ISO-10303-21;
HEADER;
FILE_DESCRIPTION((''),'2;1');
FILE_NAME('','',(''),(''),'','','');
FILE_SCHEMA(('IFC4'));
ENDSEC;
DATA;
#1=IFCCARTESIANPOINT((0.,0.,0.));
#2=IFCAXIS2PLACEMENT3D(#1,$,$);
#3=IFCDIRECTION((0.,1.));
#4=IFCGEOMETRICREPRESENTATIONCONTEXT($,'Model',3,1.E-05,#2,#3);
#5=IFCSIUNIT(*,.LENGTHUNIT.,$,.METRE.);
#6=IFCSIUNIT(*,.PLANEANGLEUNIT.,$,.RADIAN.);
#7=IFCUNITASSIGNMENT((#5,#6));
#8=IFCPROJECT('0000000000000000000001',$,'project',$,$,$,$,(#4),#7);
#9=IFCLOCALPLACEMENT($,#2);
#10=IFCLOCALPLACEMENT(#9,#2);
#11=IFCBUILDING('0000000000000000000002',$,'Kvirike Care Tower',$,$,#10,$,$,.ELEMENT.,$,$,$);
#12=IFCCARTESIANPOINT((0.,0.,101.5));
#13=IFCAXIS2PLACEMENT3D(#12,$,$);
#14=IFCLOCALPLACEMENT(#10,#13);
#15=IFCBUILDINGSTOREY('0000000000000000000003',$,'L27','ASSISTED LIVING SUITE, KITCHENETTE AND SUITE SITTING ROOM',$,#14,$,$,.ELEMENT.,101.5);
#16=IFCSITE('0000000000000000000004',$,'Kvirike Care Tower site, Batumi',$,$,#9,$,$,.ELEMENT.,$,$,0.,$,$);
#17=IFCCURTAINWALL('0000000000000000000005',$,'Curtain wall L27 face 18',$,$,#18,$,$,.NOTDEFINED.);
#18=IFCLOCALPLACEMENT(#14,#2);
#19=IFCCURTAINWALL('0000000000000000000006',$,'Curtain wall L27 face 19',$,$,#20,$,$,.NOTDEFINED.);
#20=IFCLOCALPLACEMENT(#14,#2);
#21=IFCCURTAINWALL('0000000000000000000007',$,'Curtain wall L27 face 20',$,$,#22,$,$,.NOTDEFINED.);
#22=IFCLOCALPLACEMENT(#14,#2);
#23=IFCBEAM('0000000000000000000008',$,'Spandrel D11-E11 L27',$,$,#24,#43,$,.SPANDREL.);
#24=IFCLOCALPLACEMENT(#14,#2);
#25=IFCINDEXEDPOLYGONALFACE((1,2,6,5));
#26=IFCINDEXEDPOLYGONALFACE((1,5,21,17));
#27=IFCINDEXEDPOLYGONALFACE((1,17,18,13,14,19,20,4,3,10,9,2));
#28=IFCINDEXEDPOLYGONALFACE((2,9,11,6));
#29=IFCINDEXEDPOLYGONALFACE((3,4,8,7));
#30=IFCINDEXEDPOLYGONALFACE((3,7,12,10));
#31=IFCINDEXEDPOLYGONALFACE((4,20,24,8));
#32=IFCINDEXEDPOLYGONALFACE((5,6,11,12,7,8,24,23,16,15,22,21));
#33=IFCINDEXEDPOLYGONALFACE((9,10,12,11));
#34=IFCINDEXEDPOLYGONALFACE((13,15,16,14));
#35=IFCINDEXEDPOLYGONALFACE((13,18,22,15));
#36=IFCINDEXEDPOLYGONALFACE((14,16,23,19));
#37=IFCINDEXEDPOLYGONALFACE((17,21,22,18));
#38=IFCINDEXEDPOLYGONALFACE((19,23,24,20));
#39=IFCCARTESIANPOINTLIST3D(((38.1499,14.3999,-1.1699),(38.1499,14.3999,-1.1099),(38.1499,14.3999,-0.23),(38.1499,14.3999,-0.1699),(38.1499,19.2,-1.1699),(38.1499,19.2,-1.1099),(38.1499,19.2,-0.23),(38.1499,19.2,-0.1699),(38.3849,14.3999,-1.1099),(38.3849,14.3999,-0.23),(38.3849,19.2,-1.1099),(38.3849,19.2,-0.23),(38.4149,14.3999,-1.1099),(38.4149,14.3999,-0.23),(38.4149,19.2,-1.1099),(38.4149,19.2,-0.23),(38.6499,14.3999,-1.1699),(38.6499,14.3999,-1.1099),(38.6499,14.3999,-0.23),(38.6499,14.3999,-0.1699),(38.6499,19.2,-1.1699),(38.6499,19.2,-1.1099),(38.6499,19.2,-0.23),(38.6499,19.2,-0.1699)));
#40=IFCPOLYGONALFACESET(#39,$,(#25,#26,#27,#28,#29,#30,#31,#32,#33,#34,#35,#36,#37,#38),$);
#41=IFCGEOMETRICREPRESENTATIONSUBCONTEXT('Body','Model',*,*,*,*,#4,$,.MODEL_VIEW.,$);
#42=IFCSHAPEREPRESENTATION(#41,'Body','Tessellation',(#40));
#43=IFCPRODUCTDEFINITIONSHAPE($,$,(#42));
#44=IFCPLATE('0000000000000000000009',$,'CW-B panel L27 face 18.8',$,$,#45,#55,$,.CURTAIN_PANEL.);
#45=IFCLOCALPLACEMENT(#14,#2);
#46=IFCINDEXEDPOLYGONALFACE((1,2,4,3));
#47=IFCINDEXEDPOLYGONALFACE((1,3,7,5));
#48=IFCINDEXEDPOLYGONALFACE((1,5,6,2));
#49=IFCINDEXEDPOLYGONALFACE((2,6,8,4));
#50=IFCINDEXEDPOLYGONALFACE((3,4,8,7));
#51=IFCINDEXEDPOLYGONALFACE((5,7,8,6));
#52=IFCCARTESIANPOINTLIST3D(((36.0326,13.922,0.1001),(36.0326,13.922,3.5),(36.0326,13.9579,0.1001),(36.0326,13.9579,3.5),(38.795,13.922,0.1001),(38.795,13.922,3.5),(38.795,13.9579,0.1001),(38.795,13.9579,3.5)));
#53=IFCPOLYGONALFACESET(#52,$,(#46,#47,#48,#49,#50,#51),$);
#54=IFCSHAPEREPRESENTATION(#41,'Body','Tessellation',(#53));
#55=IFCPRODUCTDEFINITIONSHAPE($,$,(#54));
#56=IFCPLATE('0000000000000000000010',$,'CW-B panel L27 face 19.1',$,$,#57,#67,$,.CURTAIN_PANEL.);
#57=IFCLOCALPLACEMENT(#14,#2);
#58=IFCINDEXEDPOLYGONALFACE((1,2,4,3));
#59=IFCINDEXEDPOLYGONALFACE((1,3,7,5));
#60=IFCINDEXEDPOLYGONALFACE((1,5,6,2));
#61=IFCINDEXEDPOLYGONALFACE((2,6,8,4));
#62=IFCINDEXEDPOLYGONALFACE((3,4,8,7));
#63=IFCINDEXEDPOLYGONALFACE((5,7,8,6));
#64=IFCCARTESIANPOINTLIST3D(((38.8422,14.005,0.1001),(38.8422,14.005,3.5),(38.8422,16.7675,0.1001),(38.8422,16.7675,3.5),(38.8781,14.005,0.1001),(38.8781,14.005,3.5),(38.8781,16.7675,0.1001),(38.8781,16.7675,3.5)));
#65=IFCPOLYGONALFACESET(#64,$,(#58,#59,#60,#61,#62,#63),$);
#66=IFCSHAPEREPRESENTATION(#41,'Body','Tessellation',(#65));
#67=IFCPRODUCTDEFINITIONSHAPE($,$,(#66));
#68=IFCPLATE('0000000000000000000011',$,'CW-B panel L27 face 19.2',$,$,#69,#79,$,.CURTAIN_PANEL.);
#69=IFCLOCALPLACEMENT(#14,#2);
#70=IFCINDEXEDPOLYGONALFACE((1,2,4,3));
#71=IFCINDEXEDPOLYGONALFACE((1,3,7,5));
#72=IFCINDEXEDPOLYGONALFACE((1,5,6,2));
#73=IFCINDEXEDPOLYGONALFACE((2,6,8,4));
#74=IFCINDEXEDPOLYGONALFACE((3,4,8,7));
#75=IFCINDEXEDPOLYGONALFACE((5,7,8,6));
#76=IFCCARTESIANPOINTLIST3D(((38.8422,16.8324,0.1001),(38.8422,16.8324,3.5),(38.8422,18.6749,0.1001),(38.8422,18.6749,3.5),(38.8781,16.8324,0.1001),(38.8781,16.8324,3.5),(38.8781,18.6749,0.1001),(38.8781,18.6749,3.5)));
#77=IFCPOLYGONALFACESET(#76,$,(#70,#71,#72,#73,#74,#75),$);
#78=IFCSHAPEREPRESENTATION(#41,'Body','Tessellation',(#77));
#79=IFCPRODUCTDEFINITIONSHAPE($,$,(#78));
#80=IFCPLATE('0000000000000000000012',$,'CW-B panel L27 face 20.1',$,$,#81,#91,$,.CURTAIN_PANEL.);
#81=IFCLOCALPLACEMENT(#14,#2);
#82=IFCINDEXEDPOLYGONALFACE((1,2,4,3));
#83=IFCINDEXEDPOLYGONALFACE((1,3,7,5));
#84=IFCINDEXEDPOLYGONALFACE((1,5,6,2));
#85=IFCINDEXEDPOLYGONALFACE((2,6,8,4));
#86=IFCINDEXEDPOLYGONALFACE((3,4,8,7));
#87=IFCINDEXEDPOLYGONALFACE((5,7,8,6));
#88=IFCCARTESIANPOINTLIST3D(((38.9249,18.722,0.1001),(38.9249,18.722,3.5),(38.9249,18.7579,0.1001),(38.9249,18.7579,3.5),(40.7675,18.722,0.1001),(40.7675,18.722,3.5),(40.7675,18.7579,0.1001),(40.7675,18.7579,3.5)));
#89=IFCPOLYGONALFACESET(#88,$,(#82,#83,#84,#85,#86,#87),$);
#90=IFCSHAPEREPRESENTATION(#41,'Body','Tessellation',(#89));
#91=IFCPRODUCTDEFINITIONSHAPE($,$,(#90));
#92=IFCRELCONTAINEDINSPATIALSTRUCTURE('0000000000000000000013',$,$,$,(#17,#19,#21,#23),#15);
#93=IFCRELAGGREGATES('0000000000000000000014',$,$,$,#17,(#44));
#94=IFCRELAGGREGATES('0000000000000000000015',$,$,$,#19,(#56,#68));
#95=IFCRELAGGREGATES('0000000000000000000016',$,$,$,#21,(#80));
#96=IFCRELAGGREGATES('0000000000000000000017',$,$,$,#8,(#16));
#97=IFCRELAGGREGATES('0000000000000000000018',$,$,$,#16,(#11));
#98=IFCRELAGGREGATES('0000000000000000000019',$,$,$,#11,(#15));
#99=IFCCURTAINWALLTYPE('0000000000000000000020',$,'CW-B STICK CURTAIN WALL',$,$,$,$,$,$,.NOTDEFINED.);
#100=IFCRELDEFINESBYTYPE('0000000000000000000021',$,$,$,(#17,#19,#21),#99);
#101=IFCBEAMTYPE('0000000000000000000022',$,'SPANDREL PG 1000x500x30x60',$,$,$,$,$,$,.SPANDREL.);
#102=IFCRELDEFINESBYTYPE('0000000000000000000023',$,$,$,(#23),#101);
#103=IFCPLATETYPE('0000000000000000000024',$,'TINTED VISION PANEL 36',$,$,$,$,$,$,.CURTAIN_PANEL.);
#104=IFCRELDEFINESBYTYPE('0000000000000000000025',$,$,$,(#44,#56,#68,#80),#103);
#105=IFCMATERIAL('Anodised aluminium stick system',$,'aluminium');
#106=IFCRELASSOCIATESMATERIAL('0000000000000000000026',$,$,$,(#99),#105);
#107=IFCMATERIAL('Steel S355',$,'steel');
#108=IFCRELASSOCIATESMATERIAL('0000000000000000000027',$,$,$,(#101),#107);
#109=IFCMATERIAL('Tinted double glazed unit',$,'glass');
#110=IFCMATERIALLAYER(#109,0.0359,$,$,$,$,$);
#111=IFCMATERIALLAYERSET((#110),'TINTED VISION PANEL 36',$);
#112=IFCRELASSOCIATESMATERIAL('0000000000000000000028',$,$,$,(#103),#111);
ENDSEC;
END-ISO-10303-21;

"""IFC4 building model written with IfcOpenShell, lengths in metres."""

from ifc_helpers import new_model, si_unit, direction, frame, origin, origin_2d, place, context, subcontext, project, spatial, rectangle, i_section, extrude, material, layer, layer_set, material_profile, profile_set, type_object, element, aggregate, save


model = new_model("IFC4")

# Units and contexts
model_context = context("Model", 3, precision=1e-05, world=origin(), true_north=direction((0.0, 1.0)))
body_context = subcontext(model_context, "Body", "Model", "MODEL_VIEW")
ifc_project = project(units=[si_unit("LENGTHUNIT", "METRE"), si_unit("PLANEANGLEUNIT", "RADIAN")], contexts=[model_context])

# Site, building, storey
site_placement = place(None, origin())
site = spatial("IfcSite", under=ifc_project, at=site_placement, Name="Kvirike Care Tower site, Batumi", CompositionType="ELEMENT", RefElevation=0.0)
building_placement = place(site_placement, origin())
building = spatial("IfcBuilding", under=site, at=building_placement, Name="Kvirike Care Tower", CompositionType="ELEMENT")
storey_placement = place(building_placement, frame((0.0, 0.0, 101.5)))
storey = spatial("IfcBuildingStorey", under=building, at=storey_placement, Name="L27", Description="ASSISTED LIVING SUITE, KITCHENETTE AND SUITE SITTING ROOM", CompositionType="ELEMENT", Elevation=101.5)

# Curtain walls
ifc_material_1 = material(Name="Anodised aluminium stick system", Category="aluminium")
curtain_wall_type = type_object("IfcCurtainWallType", Name="CW-B STICK CURTAIN WALL", PredefinedType="NOTDEFINED", material=ifc_material_1)
curtain_wall_1_placement = place(storey_placement, origin())
curtain_wall_1 = element("IfcCurtainWall", 1, at=curtain_wall_1_placement, inside=storey, type_object=curtain_wall_type, Name="Curtain wall L27 face 18", PredefinedType="NOTDEFINED")
curtain_wall_2_placement = place(storey_placement, origin())
curtain_wall_2 = element("IfcCurtainWall", 2, at=curtain_wall_2_placement, inside=storey, type_object=curtain_wall_type, Name="Curtain wall L27 face 19", PredefinedType="NOTDEFINED")
curtain_wall_3_placement = place(storey_placement, origin())
curtain_wall_3 = element("IfcCurtainWall", 3, at=curtain_wall_3_placement, inside=storey, type_object=curtain_wall_type, Name="Curtain wall L27 face 20", PredefinedType="NOTDEFINED")

# Beam
ifc_material_2 = material(Name="Steel S355", Category="steel")
ifc_material_profile_1 = material_profile(ifc_material_2, i_section(OverallWidth=0.5, OverallDepth=1.0, WebThickness=0.03, FlangeThickness=0.0601, at=origin_2d()), Name="PG 1000x500x30x60")
ifc_profile_set_1 = profile_set([ifc_material_profile_1], Name="Steel S355")
beam_type = type_object("IfcBeamType", Name="SPANDREL PG 1000x500x30x60", PredefinedType="SPANDREL", material=ifc_profile_set_1)
beam_placement = place(storey_placement, frame((38.3999, 14.3999, -0.6699), z_axis=(0.0, 1.0, 0.0), x_axis=(-1.0, 0.0, 0.0)))
element("IfcBeam", 4, at=beam_placement, inside=storey, type_object=beam_type, Name="Spandrel D11-E11 L27", PredefinedType="SPANDREL", context=body_context, shape_type="SweptSolid", body=[
    extrude(i_section(OverallWidth=0.5, OverallDepth=1.0, WebThickness=0.03, FlangeThickness=0.0601, at=origin_2d()), origin(), (0.0, 0.0, 1.0), 4.8),
])

# Plates
ifc_material_3 = material(Name="Tinted double glazed unit", Category="glass")
ifc_layer = layer(ifc_material_3, 0.0359)
ifc_layer_set = layer_set([ifc_layer], Name="TINTED VISION PANEL 36")
plate_type = type_object("IfcPlateType", Name="TINTED VISION PANEL 36", PredefinedType="CURTAIN_PANEL", material=ifc_layer_set)
plate_1_placement = place(storey_placement, frame((37.4138, 13.9399, 0.1001), z_axis=(0.0, 0.0, 1.0), x_axis=(1.0, 0.0, 0.0)))
plate_1 = element("IfcPlate", 5, at=plate_1_placement, type_object=plate_type, Name="CW-B panel L27 face 18.8", PredefinedType="CURTAIN_PANEL", context=body_context, shape_type="SweptSolid", body=[
    extrude(rectangle(XDim=2.7625, YDim=0.0359, at=origin_2d()), origin(), (0.0, 0.0, 1.0), 3.3999),
])
aggregate(curtain_wall_1, [plate_1])
plate_2_placement = place(storey_placement, frame((38.8601, 15.3862, 0.1001), z_axis=(0.0, 0.0, 1.0), x_axis=(0.0, 1.0, 0.0)))
plate_2 = element("IfcPlate", 6, at=plate_2_placement, type_object=plate_type, Name="CW-B panel L27 face 19.1", PredefinedType="CURTAIN_PANEL", context=body_context, shape_type="SweptSolid", body=[
    extrude(rectangle(XDim=2.7625, YDim=0.0359, at=origin_2d()), origin(), (0.0, 0.0, 1.0), 3.3999),
])
plate_3_placement = place(storey_placement, frame((38.8601, 17.7537, 0.1001), z_axis=(0.0, 0.0, 1.0), x_axis=(0.0, 1.0, 0.0)))
plate_3 = element("IfcPlate", 7, at=plate_3_placement, type_object=plate_type, Name="CW-B panel L27 face 19.2", PredefinedType="CURTAIN_PANEL", context=body_context, shape_type="SweptSolid", body=[
    extrude(rectangle(XDim=1.8425, YDim=0.0359, at=origin_2d()), origin(), (0.0, 0.0, 1.0), 3.3999),
])
aggregate(curtain_wall_2, [plate_2, plate_3])
plate_4_placement = place(storey_placement, frame((39.8462, 18.74, 0.1001), z_axis=(0.0, 0.0, 1.0), x_axis=(1.0, 0.0, 0.0)))
plate_4 = element("IfcPlate", 8, at=plate_4_placement, type_object=plate_type, Name="CW-B panel L27 face 20.1", PredefinedType="CURTAIN_PANEL", context=body_context, shape_type="SweptSolid", body=[
    extrude(rectangle(XDim=1.8425, YDim=0.0359, at=origin_2d()), origin(), (0.0, 0.0, 1.0), 3.3999),
])
aggregate(curtain_wall_3, [plate_4])

save(model, "model.ifc")
